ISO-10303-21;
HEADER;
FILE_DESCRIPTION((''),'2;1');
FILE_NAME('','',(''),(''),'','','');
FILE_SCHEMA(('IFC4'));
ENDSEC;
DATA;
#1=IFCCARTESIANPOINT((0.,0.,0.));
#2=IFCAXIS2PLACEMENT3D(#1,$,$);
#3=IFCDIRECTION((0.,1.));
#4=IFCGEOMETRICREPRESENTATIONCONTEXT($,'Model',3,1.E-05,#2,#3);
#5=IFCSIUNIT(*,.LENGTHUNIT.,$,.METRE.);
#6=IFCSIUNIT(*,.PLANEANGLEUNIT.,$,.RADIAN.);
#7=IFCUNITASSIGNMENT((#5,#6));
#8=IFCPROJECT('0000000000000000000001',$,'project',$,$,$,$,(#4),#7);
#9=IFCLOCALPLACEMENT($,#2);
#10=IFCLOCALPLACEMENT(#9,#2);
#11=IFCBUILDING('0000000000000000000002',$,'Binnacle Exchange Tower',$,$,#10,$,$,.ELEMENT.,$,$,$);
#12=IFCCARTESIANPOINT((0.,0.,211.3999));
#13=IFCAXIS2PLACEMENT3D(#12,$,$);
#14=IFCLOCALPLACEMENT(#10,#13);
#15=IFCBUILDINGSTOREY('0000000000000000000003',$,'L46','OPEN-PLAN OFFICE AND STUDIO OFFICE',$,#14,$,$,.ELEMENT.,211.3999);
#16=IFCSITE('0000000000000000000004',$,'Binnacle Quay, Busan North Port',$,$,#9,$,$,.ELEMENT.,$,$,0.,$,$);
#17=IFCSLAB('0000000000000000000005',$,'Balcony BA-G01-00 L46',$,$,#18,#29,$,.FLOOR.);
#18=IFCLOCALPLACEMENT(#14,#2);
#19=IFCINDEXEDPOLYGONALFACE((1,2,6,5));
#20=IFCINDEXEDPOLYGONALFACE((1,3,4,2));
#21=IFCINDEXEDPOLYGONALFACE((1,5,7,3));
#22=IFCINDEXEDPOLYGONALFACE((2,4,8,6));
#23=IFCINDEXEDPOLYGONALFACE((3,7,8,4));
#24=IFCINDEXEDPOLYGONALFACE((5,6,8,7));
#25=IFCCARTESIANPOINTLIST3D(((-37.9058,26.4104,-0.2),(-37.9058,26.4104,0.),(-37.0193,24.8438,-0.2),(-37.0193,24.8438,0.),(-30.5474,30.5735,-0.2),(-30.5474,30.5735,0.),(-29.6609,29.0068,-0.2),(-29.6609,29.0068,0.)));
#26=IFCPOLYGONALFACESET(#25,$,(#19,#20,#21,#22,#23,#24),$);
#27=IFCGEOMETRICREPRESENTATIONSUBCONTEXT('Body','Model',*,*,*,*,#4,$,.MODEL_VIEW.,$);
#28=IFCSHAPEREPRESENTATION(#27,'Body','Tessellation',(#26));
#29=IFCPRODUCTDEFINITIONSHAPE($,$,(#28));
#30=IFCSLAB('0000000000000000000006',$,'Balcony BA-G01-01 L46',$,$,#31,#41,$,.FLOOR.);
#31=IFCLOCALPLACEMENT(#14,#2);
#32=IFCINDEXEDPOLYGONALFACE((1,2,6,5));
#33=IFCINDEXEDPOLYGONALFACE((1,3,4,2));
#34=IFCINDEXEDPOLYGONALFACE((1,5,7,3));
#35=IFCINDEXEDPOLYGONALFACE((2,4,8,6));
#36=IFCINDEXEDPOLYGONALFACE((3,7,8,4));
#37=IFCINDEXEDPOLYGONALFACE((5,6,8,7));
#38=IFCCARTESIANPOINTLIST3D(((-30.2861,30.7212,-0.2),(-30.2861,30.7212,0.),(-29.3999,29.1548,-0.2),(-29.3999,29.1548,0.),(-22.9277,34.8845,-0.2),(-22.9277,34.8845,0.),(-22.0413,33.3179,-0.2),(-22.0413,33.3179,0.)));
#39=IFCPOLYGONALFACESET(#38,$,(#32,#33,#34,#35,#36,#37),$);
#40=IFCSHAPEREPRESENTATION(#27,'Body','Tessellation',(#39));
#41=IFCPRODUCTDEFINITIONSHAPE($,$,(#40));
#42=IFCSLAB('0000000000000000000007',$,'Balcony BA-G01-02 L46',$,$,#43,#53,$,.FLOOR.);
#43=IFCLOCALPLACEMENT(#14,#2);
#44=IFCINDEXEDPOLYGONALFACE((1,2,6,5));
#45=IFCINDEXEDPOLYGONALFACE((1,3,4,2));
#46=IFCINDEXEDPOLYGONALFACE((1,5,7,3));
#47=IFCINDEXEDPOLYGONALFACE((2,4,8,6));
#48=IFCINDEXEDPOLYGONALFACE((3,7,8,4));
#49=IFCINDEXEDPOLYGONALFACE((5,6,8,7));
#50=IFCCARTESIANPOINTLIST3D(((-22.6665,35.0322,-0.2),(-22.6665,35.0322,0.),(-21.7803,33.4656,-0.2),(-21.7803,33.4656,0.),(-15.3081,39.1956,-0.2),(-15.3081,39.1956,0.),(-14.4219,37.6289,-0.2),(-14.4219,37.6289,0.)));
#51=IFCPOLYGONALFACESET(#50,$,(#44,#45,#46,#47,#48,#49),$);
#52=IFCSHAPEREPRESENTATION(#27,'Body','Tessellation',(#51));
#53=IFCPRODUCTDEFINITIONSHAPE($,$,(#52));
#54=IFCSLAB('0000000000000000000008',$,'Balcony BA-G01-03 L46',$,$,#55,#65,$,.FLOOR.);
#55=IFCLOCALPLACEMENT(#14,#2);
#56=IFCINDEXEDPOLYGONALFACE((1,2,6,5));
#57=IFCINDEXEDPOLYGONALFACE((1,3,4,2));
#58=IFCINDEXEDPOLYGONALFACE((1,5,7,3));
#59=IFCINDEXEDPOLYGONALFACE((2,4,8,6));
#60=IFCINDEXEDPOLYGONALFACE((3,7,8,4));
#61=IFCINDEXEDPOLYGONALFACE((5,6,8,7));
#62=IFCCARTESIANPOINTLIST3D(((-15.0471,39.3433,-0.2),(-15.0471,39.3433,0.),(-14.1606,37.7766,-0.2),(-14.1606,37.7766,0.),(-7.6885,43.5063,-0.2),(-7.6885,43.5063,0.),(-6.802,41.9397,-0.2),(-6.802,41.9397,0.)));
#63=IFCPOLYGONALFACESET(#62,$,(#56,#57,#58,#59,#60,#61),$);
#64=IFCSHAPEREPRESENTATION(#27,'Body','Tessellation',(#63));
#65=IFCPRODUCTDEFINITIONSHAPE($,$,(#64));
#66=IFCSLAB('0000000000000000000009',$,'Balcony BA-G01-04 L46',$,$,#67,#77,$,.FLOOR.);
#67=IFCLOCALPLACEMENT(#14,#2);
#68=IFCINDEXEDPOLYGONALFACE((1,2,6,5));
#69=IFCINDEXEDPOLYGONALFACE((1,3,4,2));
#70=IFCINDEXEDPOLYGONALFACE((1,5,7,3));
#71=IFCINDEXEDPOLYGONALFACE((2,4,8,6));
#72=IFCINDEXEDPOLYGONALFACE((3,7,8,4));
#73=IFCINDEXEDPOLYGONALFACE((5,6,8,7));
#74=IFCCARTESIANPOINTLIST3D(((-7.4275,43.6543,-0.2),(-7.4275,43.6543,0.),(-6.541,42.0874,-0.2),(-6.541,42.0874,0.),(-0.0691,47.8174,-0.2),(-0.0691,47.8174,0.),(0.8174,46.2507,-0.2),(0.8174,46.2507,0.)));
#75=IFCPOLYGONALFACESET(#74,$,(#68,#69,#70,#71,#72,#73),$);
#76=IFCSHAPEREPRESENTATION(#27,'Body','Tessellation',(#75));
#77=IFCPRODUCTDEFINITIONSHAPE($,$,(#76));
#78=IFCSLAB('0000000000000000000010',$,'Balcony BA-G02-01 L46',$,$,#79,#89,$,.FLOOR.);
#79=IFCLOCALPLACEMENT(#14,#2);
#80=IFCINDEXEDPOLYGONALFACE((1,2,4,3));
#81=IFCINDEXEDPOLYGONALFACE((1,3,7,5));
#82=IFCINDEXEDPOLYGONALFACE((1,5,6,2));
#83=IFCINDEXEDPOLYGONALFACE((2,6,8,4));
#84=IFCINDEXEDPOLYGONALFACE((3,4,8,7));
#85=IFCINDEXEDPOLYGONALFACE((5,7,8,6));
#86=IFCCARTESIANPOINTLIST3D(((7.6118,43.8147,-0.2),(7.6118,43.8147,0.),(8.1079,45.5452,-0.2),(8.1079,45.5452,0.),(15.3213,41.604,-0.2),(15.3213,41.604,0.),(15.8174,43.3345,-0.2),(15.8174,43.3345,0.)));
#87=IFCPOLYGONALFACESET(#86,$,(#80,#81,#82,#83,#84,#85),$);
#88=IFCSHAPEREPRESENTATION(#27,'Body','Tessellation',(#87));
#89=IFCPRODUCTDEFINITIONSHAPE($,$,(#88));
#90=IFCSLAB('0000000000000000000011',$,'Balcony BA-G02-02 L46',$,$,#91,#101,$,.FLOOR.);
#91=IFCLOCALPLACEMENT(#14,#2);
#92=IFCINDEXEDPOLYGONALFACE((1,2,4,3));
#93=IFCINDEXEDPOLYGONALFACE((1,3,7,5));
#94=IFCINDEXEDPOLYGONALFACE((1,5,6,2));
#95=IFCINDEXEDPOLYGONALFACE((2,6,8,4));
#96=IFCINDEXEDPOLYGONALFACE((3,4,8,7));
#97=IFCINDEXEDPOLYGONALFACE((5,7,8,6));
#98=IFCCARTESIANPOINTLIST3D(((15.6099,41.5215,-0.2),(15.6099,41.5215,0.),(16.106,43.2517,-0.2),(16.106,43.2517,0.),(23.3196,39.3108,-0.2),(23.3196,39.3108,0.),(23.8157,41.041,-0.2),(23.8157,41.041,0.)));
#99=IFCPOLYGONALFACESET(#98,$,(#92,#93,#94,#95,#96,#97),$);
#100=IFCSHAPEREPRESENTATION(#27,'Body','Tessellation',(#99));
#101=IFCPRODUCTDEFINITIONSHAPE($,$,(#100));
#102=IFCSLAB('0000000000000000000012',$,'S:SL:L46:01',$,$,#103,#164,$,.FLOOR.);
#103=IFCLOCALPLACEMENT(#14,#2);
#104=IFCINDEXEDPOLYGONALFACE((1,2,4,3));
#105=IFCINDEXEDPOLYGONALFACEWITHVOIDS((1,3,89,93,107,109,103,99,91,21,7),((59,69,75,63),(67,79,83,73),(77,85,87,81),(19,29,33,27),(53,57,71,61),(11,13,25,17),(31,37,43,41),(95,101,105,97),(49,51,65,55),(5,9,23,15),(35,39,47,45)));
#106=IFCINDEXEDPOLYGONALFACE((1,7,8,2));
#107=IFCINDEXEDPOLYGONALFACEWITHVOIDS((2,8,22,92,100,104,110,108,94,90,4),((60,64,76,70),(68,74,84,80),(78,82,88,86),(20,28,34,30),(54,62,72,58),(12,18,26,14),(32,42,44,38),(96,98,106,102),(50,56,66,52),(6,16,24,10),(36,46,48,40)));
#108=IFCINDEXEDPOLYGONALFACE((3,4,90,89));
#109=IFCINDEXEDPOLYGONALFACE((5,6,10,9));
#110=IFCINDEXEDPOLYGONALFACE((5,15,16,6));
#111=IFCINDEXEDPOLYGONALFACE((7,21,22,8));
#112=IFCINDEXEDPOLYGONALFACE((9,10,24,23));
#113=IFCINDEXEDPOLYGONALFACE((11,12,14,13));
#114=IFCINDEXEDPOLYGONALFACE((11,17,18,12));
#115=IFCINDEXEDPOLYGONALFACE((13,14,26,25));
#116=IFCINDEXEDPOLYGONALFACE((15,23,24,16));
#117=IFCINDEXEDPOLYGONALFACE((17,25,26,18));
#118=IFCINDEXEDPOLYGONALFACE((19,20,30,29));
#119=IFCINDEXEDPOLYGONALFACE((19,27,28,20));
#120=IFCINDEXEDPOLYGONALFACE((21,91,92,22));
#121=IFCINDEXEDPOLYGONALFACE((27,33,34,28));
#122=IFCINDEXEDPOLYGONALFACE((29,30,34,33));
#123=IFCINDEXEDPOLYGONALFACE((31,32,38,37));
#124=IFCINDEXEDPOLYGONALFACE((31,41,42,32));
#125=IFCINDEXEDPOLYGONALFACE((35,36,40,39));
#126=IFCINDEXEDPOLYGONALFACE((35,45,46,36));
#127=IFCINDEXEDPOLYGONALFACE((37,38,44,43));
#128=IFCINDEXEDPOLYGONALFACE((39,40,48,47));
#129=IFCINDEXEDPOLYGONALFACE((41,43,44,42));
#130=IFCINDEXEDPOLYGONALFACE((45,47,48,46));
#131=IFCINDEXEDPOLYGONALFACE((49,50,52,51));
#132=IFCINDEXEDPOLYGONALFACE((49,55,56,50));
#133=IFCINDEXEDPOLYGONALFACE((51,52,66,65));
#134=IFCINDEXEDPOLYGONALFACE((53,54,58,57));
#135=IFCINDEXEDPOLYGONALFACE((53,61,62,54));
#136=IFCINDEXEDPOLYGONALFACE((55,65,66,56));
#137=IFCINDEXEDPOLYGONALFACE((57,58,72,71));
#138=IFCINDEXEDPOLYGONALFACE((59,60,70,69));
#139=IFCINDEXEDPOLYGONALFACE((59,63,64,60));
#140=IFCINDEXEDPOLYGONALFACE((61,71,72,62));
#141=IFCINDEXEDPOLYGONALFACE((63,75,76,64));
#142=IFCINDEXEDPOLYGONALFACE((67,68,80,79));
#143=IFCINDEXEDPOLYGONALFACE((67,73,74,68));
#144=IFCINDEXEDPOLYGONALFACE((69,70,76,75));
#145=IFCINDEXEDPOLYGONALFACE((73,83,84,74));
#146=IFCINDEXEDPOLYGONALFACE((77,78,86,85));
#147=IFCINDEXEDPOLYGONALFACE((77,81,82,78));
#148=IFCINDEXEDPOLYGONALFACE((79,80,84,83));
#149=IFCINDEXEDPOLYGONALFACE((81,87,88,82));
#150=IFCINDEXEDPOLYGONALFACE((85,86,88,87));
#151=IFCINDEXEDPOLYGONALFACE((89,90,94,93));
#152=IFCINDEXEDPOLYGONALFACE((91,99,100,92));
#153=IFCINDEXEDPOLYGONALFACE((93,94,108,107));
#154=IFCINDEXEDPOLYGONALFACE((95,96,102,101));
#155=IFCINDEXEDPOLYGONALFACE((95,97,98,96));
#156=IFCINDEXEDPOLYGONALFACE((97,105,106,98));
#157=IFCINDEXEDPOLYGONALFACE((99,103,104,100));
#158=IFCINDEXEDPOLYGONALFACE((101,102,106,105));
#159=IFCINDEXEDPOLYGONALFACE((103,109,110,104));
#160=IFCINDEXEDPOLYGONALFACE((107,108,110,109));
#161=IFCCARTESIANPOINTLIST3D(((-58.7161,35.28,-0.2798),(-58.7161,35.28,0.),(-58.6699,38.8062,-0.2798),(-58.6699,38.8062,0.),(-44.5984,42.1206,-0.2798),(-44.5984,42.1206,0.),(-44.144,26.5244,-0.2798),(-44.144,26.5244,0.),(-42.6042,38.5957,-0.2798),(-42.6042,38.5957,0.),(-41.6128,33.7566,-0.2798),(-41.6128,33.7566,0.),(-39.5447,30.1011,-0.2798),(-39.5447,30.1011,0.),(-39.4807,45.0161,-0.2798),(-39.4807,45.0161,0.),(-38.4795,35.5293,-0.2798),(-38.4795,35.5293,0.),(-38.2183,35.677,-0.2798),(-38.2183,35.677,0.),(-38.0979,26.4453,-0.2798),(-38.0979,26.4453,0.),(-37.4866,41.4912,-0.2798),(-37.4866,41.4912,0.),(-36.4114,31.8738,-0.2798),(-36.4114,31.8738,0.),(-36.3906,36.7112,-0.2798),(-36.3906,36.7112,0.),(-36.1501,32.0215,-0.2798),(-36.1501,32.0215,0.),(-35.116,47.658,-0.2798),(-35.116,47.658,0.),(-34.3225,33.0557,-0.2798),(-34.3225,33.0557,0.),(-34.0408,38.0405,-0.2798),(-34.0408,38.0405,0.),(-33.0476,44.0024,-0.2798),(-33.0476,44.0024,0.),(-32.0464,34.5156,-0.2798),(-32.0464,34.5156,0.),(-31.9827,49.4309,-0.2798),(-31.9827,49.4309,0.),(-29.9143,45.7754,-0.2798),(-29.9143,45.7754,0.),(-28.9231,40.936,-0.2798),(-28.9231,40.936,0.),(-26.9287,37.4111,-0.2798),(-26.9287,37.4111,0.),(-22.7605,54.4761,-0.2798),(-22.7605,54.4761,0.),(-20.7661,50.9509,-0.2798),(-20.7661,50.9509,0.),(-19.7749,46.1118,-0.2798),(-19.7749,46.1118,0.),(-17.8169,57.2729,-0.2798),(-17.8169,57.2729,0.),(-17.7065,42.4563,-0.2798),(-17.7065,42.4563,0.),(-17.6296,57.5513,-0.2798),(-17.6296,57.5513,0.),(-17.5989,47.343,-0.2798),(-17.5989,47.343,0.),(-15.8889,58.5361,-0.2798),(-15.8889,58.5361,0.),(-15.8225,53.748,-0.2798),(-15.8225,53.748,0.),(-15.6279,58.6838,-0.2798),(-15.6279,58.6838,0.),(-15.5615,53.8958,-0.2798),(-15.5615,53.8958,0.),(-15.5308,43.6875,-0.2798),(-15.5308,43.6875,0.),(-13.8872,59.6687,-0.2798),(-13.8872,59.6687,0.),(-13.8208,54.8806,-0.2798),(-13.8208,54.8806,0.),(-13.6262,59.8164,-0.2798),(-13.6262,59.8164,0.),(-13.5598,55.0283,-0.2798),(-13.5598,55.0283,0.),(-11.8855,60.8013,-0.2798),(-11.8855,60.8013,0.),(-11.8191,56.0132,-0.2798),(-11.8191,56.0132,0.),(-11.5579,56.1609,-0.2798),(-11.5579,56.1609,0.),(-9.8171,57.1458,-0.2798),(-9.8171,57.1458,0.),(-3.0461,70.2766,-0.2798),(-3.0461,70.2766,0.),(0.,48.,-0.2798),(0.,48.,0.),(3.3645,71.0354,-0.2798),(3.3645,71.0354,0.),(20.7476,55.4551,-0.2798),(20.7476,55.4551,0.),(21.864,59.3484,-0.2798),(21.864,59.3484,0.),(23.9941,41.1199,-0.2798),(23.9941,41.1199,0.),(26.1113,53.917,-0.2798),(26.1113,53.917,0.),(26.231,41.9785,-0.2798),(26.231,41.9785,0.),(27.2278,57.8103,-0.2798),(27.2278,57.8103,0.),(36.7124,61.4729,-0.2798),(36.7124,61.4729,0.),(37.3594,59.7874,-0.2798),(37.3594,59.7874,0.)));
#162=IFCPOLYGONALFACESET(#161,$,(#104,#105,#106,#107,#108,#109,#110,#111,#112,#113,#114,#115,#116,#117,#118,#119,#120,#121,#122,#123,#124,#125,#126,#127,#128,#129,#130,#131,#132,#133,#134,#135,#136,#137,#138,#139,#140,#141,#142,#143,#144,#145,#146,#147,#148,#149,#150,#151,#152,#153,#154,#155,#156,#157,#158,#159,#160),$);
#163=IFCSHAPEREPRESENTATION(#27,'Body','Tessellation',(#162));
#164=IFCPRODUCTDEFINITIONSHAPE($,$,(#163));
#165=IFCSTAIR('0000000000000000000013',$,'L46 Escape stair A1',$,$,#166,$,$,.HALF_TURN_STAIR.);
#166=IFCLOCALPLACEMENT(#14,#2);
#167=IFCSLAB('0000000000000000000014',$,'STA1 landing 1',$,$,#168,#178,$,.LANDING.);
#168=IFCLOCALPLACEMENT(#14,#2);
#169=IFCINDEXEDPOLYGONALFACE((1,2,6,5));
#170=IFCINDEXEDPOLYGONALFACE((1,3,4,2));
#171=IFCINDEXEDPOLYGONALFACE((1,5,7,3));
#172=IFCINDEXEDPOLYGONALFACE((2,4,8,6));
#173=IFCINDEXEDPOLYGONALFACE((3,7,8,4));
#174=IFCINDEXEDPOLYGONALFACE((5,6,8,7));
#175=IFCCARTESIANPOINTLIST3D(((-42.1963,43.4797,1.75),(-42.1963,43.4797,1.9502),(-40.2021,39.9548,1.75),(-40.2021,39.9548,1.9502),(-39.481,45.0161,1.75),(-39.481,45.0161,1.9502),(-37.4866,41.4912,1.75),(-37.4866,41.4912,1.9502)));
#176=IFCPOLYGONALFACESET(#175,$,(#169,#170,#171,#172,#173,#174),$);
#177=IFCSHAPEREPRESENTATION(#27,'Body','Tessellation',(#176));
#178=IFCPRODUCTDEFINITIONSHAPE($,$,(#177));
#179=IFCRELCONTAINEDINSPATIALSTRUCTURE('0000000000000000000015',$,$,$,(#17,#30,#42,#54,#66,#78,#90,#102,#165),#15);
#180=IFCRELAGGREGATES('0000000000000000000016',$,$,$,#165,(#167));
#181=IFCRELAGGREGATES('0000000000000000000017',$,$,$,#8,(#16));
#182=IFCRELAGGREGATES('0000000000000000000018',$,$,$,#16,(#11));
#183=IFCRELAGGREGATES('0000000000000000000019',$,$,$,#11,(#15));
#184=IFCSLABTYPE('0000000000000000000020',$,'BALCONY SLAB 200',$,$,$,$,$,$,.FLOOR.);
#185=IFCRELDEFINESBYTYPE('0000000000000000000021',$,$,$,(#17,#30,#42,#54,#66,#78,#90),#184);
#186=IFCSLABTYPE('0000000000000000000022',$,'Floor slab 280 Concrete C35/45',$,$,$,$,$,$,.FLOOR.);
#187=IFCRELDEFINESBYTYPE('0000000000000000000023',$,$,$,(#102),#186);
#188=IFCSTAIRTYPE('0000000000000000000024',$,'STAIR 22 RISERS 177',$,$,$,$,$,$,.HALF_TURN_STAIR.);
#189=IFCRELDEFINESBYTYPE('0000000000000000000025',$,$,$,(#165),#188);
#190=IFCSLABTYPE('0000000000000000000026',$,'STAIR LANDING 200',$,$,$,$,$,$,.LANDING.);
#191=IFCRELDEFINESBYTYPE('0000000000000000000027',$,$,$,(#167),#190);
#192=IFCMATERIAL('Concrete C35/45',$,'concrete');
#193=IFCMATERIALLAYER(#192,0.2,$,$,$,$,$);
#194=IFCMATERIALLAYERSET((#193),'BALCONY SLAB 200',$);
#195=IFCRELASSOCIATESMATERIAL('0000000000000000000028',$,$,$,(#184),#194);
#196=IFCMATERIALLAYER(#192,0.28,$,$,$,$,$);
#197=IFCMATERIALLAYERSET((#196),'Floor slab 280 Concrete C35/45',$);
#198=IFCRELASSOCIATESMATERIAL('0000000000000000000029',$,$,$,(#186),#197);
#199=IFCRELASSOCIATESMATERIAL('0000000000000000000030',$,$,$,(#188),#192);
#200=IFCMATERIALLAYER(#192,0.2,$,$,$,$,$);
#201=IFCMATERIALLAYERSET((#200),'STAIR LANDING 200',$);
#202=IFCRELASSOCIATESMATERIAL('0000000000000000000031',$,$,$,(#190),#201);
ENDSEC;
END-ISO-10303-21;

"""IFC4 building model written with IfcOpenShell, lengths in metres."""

from ifc_helpers import new_model, si_unit, direction, frame, origin, place, context, subcontext, project, spatial, polyline, outline, extrude, material, layer, layer_set, type_object, element, aggregate, save


model = new_model("IFC4")

# Units and contexts
model_context = context("Model", 3, precision=1e-05, world=origin(), true_north=direction((0.0, 1.0)))
body_context = subcontext(model_context, "Body", "Model", "MODEL_VIEW")
ifc_project = project(units=[si_unit("LENGTHUNIT", "METRE"), si_unit("PLANEANGLEUNIT", "RADIAN")], contexts=[model_context])

# Site, building, storey
site_placement = place(None, origin())
site = spatial("IfcSite", under=ifc_project, at=site_placement, Name="Binnacle Quay, Busan North Port", CompositionType="ELEMENT", RefElevation=0.0)
building_placement = place(site_placement, origin())
building = spatial("IfcBuilding", under=site, at=building_placement, Name="Binnacle Exchange Tower", CompositionType="ELEMENT")
storey_placement = place(building_placement, frame((0.0, 0.0, 211.3999)))
storey = spatial("IfcBuildingStorey", under=building, at=storey_placement, Name="L46", Description="OPEN-PLAN OFFICE AND STUDIO OFFICE", CompositionType="ELEMENT", Elevation=211.3999)

# Slabs
ifc_material_1 = material(Name="Concrete C35/45", Category="concrete")
ifc_layer_1 = layer(ifc_material_1, 0.2)
ifc_layer_set_1 = layer_set([ifc_layer_1], Name="BALCONY SLAB 200")
slab_type_1 = type_object("IfcSlabType", Name="BALCONY SLAB 200", PredefinedType="FLOOR", material=ifc_layer_set_1)
slab_1_placement = place(storey_placement, frame((0.0, 0.0, -0.2)))
element("IfcSlab", 1, at=slab_1_placement, inside=storey, type_object=slab_type_1, Name="Balcony BA-G01-00 L46", PredefinedType="FLOOR", context=body_context, shape_type="SweptSolid", body=[
    extrude(outline(polyline([(-37.9058, 26.4104), (-30.5474, 30.5735), (-29.6609, 29.0068), (-37.0193, 24.8438), (-37.9058, 26.4104)])), origin(), (0.0, 0.0, 1.0), 0.2),
])
slab_2_placement = place(storey_placement, frame((0.0, 0.0, -0.2)))
element("IfcSlab", 2, at=slab_2_placement, inside=storey, type_object=slab_type_1, Name="Balcony BA-G01-01 L46", PredefinedType="FLOOR", context=body_context, shape_type="SweptSolid", body=[
    extrude(outline(polyline([(-30.2861, 30.7212), (-22.9277, 34.8845), (-22.0413, 33.3179), (-29.3999, 29.1548), (-30.2861, 30.7212)])), origin(), (0.0, 0.0, 1.0), 0.2),
])
slab_3_placement = place(storey_placement, frame((0.0, 0.0, -0.2)))
element("IfcSlab", 3, at=slab_3_placement, inside=storey, type_object=slab_type_1, Name="Balcony BA-G01-02 L46", PredefinedType="FLOOR", context=body_context, shape_type="SweptSolid", body=[
    extrude(outline(polyline([(-22.6665, 35.0322), (-15.3081, 39.1956), (-14.4219, 37.6289), (-21.7803, 33.4656), (-22.6665, 35.0322)])), origin(), (0.0, 0.0, 1.0), 0.2),
])
slab_4_placement = place(storey_placement, frame((0.0, 0.0, -0.2)))
element("IfcSlab", 4, at=slab_4_placement, inside=storey, type_object=slab_type_1, Name="Balcony BA-G01-03 L46", PredefinedType="FLOOR", context=body_context, shape_type="SweptSolid", body=[
    extrude(outline(polyline([(-15.0471, 39.3433), (-7.6885, 43.5063), (-6.802, 41.9397), (-14.1606, 37.7766), (-15.0471, 39.3433)])), origin(), (0.0, 0.0, 1.0), 0.2),
])
slab_5_placement = place(storey_placement, frame((0.0, 0.0, -0.2)))
element("IfcSlab", 5, at=slab_5_placement, inside=storey, type_object=slab_type_1, Name="Balcony BA-G01-04 L46", PredefinedType="FLOOR", context=body_context, shape_type="SweptSolid", body=[
    extrude(outline(polyline([(-7.4275, 43.6543), (-0.0691, 47.8174), (0.8174, 46.2507), (-6.541, 42.0874), (-7.4275, 43.6543)])), origin(), (0.0, 0.0, 1.0), 0.2),
])
slab_6_placement = place(storey_placement, frame((0.0, 0.0, -0.2)))
element("IfcSlab", 6, at=slab_6_placement, inside=storey, type_object=slab_type_1, Name="Balcony BA-G02-01 L46", PredefinedType="FLOOR", context=body_context, shape_type="SweptSolid", body=[
    extrude(outline(polyline([(8.1079, 45.5452), (15.8174, 43.3345), (15.3213, 41.604), (7.6118, 43.8147), (8.1079, 45.5452)])), origin(), (0.0, 0.0, 1.0), 0.2),
])
slab_7_placement = place(storey_placement, frame((0.0, 0.0, -0.2)))
element("IfcSlab", 7, at=slab_7_placement, inside=storey, type_object=slab_type_1, Name="Balcony BA-G02-02 L46", PredefinedType="FLOOR", context=body_context, shape_type="SweptSolid", body=[
    extrude(outline(polyline([(16.106, 43.2517), (23.8157, 41.041), (23.3196, 39.3108), (15.6099, 41.5215), (16.106, 43.2517)])), origin(), (0.0, 0.0, 1.0), 0.2),
])
ifc_layer_2 = layer(ifc_material_1, 0.28)
ifc_layer_set_2 = layer_set([ifc_layer_2], Name="Floor slab 280 Concrete C35/45")
slab_type_2 = type_object("IfcSlabType", Name="Floor slab 280 Concrete C35/45", PredefinedType="FLOOR", material=ifc_layer_set_2)
slab_8_placement = place(storey_placement, frame((0.0, 0.0, -0.2798)))
element("IfcSlab", 8, at=slab_8_placement, inside=storey, type_object=slab_type_2, Name="S:SL:L46:01", PredefinedType="FLOOR", context=body_context, shape_type="SweptSolid", body=[
    extrude(outline(polyline([(-58.7161, 35.28), (-58.6699, 38.8062), (-3.0461, 70.2766), (3.3645, 71.0354), (36.7124, 61.4729), (37.3594, 59.7874), (26.231, 41.9785), (23.9941, 41.1199), (0.0, 48.0), (-38.0979, 26.4453), (-44.144, 26.5244), (-58.7161, 35.28)]), holes=[polyline([(-38.4795, 35.5293), (-41.6128, 33.7566), (-39.5447, 30.1011), (-36.4114, 31.8738), (-38.4795, 35.5293)]), polyline([(-36.3906, 36.7112), (-38.2183, 35.677), (-36.1501, 32.0215), (-34.3225, 33.0557), (-36.3906, 36.7112)]), polyline([(-32.0464, 34.5156), (-26.9287, 37.4111), (-28.9231, 40.936), (-34.0408, 38.0405), (-32.0464, 34.5156)]), polyline([(-37.4866, 41.4912), (-39.4807, 45.0161), (-44.5984, 42.1206), (-42.6042, 38.5957), (-37.4866, 41.4912)]), polyline([(-29.9143, 45.7754), (-31.9827, 49.4309), (-35.116, 47.658), (-33.0476, 44.0024), (-29.9143, 45.7754)]), polyline([(-17.8169, 57.2729), (-22.7605, 54.4761), (-20.7661, 50.9509), (-15.8225, 53.748), (-17.8169, 57.2729)]), polyline([(-15.5308, 43.6875), (-17.5989, 47.343), (-19.7749, 46.1118), (-17.7065, 42.4563), (-15.5308, 43.6875)]), polyline([(-13.8208, 54.8806), (-15.8889, 58.5361), (-17.6296, 57.5513), (-15.5615, 53.8958), (-13.8208, 54.8806)]), polyline([(27.2278, 57.8103), (21.864, 59.3484), (20.7476, 55.4551), (26.1113, 53.917), (27.2278, 57.8103)]), polyline([(-11.8191, 56.0132), (-13.8872, 59.6687), (-15.6279, 58.6838), (-13.5598, 55.0283), (-11.8191, 56.0132)]), polyline([(-9.8171, 57.1458), (-11.8855, 60.8013), (-13.6262, 59.8164), (-11.5579, 56.1609), (-9.8171, 57.1458)])]), origin(), (0.0, 0.0, 1.0), 0.2798),
])

# Stair, slab
stair_type = type_object("IfcStairType", Name="STAIR 22 RISERS 177", PredefinedType="HALF_TURN_STAIR", material=ifc_material_1)
stair_1_placement = place(storey_placement, origin())
stair_1 = element("IfcStair", 9, at=stair_1_placement, inside=storey, type_object=stair_type, Name="L46 Escape stair A1", PredefinedType="HALF_TURN_STAIR")
ifc_layer_3 = layer(ifc_material_1, 0.2)
ifc_layer_set_3 = layer_set([ifc_layer_3], Name="STAIR LANDING 200")
slab_type_3 = type_object("IfcSlabType", Name="STAIR LANDING 200", PredefinedType="LANDING", material=ifc_layer_set_3)
slab_9_placement = place(storey_placement, frame((0.0, 0.0, 1.75)))
slab_9 = element("IfcSlab", 10, at=slab_9_placement, type_object=slab_type_3, Name="STA1 landing 1", PredefinedType="LANDING", context=body_context, shape_type="SweptSolid", body=[
    extrude(outline(polyline([(-40.2021, 39.9548), (-37.4866, 41.4912), (-39.481, 45.0161), (-42.1963, 43.4797), (-40.2021, 39.9548)])), origin(), (0.0, 0.0, 1.0), 0.2002),
])
aggregate(stair_1, [slab_9])

save(model, "model.ifc")
